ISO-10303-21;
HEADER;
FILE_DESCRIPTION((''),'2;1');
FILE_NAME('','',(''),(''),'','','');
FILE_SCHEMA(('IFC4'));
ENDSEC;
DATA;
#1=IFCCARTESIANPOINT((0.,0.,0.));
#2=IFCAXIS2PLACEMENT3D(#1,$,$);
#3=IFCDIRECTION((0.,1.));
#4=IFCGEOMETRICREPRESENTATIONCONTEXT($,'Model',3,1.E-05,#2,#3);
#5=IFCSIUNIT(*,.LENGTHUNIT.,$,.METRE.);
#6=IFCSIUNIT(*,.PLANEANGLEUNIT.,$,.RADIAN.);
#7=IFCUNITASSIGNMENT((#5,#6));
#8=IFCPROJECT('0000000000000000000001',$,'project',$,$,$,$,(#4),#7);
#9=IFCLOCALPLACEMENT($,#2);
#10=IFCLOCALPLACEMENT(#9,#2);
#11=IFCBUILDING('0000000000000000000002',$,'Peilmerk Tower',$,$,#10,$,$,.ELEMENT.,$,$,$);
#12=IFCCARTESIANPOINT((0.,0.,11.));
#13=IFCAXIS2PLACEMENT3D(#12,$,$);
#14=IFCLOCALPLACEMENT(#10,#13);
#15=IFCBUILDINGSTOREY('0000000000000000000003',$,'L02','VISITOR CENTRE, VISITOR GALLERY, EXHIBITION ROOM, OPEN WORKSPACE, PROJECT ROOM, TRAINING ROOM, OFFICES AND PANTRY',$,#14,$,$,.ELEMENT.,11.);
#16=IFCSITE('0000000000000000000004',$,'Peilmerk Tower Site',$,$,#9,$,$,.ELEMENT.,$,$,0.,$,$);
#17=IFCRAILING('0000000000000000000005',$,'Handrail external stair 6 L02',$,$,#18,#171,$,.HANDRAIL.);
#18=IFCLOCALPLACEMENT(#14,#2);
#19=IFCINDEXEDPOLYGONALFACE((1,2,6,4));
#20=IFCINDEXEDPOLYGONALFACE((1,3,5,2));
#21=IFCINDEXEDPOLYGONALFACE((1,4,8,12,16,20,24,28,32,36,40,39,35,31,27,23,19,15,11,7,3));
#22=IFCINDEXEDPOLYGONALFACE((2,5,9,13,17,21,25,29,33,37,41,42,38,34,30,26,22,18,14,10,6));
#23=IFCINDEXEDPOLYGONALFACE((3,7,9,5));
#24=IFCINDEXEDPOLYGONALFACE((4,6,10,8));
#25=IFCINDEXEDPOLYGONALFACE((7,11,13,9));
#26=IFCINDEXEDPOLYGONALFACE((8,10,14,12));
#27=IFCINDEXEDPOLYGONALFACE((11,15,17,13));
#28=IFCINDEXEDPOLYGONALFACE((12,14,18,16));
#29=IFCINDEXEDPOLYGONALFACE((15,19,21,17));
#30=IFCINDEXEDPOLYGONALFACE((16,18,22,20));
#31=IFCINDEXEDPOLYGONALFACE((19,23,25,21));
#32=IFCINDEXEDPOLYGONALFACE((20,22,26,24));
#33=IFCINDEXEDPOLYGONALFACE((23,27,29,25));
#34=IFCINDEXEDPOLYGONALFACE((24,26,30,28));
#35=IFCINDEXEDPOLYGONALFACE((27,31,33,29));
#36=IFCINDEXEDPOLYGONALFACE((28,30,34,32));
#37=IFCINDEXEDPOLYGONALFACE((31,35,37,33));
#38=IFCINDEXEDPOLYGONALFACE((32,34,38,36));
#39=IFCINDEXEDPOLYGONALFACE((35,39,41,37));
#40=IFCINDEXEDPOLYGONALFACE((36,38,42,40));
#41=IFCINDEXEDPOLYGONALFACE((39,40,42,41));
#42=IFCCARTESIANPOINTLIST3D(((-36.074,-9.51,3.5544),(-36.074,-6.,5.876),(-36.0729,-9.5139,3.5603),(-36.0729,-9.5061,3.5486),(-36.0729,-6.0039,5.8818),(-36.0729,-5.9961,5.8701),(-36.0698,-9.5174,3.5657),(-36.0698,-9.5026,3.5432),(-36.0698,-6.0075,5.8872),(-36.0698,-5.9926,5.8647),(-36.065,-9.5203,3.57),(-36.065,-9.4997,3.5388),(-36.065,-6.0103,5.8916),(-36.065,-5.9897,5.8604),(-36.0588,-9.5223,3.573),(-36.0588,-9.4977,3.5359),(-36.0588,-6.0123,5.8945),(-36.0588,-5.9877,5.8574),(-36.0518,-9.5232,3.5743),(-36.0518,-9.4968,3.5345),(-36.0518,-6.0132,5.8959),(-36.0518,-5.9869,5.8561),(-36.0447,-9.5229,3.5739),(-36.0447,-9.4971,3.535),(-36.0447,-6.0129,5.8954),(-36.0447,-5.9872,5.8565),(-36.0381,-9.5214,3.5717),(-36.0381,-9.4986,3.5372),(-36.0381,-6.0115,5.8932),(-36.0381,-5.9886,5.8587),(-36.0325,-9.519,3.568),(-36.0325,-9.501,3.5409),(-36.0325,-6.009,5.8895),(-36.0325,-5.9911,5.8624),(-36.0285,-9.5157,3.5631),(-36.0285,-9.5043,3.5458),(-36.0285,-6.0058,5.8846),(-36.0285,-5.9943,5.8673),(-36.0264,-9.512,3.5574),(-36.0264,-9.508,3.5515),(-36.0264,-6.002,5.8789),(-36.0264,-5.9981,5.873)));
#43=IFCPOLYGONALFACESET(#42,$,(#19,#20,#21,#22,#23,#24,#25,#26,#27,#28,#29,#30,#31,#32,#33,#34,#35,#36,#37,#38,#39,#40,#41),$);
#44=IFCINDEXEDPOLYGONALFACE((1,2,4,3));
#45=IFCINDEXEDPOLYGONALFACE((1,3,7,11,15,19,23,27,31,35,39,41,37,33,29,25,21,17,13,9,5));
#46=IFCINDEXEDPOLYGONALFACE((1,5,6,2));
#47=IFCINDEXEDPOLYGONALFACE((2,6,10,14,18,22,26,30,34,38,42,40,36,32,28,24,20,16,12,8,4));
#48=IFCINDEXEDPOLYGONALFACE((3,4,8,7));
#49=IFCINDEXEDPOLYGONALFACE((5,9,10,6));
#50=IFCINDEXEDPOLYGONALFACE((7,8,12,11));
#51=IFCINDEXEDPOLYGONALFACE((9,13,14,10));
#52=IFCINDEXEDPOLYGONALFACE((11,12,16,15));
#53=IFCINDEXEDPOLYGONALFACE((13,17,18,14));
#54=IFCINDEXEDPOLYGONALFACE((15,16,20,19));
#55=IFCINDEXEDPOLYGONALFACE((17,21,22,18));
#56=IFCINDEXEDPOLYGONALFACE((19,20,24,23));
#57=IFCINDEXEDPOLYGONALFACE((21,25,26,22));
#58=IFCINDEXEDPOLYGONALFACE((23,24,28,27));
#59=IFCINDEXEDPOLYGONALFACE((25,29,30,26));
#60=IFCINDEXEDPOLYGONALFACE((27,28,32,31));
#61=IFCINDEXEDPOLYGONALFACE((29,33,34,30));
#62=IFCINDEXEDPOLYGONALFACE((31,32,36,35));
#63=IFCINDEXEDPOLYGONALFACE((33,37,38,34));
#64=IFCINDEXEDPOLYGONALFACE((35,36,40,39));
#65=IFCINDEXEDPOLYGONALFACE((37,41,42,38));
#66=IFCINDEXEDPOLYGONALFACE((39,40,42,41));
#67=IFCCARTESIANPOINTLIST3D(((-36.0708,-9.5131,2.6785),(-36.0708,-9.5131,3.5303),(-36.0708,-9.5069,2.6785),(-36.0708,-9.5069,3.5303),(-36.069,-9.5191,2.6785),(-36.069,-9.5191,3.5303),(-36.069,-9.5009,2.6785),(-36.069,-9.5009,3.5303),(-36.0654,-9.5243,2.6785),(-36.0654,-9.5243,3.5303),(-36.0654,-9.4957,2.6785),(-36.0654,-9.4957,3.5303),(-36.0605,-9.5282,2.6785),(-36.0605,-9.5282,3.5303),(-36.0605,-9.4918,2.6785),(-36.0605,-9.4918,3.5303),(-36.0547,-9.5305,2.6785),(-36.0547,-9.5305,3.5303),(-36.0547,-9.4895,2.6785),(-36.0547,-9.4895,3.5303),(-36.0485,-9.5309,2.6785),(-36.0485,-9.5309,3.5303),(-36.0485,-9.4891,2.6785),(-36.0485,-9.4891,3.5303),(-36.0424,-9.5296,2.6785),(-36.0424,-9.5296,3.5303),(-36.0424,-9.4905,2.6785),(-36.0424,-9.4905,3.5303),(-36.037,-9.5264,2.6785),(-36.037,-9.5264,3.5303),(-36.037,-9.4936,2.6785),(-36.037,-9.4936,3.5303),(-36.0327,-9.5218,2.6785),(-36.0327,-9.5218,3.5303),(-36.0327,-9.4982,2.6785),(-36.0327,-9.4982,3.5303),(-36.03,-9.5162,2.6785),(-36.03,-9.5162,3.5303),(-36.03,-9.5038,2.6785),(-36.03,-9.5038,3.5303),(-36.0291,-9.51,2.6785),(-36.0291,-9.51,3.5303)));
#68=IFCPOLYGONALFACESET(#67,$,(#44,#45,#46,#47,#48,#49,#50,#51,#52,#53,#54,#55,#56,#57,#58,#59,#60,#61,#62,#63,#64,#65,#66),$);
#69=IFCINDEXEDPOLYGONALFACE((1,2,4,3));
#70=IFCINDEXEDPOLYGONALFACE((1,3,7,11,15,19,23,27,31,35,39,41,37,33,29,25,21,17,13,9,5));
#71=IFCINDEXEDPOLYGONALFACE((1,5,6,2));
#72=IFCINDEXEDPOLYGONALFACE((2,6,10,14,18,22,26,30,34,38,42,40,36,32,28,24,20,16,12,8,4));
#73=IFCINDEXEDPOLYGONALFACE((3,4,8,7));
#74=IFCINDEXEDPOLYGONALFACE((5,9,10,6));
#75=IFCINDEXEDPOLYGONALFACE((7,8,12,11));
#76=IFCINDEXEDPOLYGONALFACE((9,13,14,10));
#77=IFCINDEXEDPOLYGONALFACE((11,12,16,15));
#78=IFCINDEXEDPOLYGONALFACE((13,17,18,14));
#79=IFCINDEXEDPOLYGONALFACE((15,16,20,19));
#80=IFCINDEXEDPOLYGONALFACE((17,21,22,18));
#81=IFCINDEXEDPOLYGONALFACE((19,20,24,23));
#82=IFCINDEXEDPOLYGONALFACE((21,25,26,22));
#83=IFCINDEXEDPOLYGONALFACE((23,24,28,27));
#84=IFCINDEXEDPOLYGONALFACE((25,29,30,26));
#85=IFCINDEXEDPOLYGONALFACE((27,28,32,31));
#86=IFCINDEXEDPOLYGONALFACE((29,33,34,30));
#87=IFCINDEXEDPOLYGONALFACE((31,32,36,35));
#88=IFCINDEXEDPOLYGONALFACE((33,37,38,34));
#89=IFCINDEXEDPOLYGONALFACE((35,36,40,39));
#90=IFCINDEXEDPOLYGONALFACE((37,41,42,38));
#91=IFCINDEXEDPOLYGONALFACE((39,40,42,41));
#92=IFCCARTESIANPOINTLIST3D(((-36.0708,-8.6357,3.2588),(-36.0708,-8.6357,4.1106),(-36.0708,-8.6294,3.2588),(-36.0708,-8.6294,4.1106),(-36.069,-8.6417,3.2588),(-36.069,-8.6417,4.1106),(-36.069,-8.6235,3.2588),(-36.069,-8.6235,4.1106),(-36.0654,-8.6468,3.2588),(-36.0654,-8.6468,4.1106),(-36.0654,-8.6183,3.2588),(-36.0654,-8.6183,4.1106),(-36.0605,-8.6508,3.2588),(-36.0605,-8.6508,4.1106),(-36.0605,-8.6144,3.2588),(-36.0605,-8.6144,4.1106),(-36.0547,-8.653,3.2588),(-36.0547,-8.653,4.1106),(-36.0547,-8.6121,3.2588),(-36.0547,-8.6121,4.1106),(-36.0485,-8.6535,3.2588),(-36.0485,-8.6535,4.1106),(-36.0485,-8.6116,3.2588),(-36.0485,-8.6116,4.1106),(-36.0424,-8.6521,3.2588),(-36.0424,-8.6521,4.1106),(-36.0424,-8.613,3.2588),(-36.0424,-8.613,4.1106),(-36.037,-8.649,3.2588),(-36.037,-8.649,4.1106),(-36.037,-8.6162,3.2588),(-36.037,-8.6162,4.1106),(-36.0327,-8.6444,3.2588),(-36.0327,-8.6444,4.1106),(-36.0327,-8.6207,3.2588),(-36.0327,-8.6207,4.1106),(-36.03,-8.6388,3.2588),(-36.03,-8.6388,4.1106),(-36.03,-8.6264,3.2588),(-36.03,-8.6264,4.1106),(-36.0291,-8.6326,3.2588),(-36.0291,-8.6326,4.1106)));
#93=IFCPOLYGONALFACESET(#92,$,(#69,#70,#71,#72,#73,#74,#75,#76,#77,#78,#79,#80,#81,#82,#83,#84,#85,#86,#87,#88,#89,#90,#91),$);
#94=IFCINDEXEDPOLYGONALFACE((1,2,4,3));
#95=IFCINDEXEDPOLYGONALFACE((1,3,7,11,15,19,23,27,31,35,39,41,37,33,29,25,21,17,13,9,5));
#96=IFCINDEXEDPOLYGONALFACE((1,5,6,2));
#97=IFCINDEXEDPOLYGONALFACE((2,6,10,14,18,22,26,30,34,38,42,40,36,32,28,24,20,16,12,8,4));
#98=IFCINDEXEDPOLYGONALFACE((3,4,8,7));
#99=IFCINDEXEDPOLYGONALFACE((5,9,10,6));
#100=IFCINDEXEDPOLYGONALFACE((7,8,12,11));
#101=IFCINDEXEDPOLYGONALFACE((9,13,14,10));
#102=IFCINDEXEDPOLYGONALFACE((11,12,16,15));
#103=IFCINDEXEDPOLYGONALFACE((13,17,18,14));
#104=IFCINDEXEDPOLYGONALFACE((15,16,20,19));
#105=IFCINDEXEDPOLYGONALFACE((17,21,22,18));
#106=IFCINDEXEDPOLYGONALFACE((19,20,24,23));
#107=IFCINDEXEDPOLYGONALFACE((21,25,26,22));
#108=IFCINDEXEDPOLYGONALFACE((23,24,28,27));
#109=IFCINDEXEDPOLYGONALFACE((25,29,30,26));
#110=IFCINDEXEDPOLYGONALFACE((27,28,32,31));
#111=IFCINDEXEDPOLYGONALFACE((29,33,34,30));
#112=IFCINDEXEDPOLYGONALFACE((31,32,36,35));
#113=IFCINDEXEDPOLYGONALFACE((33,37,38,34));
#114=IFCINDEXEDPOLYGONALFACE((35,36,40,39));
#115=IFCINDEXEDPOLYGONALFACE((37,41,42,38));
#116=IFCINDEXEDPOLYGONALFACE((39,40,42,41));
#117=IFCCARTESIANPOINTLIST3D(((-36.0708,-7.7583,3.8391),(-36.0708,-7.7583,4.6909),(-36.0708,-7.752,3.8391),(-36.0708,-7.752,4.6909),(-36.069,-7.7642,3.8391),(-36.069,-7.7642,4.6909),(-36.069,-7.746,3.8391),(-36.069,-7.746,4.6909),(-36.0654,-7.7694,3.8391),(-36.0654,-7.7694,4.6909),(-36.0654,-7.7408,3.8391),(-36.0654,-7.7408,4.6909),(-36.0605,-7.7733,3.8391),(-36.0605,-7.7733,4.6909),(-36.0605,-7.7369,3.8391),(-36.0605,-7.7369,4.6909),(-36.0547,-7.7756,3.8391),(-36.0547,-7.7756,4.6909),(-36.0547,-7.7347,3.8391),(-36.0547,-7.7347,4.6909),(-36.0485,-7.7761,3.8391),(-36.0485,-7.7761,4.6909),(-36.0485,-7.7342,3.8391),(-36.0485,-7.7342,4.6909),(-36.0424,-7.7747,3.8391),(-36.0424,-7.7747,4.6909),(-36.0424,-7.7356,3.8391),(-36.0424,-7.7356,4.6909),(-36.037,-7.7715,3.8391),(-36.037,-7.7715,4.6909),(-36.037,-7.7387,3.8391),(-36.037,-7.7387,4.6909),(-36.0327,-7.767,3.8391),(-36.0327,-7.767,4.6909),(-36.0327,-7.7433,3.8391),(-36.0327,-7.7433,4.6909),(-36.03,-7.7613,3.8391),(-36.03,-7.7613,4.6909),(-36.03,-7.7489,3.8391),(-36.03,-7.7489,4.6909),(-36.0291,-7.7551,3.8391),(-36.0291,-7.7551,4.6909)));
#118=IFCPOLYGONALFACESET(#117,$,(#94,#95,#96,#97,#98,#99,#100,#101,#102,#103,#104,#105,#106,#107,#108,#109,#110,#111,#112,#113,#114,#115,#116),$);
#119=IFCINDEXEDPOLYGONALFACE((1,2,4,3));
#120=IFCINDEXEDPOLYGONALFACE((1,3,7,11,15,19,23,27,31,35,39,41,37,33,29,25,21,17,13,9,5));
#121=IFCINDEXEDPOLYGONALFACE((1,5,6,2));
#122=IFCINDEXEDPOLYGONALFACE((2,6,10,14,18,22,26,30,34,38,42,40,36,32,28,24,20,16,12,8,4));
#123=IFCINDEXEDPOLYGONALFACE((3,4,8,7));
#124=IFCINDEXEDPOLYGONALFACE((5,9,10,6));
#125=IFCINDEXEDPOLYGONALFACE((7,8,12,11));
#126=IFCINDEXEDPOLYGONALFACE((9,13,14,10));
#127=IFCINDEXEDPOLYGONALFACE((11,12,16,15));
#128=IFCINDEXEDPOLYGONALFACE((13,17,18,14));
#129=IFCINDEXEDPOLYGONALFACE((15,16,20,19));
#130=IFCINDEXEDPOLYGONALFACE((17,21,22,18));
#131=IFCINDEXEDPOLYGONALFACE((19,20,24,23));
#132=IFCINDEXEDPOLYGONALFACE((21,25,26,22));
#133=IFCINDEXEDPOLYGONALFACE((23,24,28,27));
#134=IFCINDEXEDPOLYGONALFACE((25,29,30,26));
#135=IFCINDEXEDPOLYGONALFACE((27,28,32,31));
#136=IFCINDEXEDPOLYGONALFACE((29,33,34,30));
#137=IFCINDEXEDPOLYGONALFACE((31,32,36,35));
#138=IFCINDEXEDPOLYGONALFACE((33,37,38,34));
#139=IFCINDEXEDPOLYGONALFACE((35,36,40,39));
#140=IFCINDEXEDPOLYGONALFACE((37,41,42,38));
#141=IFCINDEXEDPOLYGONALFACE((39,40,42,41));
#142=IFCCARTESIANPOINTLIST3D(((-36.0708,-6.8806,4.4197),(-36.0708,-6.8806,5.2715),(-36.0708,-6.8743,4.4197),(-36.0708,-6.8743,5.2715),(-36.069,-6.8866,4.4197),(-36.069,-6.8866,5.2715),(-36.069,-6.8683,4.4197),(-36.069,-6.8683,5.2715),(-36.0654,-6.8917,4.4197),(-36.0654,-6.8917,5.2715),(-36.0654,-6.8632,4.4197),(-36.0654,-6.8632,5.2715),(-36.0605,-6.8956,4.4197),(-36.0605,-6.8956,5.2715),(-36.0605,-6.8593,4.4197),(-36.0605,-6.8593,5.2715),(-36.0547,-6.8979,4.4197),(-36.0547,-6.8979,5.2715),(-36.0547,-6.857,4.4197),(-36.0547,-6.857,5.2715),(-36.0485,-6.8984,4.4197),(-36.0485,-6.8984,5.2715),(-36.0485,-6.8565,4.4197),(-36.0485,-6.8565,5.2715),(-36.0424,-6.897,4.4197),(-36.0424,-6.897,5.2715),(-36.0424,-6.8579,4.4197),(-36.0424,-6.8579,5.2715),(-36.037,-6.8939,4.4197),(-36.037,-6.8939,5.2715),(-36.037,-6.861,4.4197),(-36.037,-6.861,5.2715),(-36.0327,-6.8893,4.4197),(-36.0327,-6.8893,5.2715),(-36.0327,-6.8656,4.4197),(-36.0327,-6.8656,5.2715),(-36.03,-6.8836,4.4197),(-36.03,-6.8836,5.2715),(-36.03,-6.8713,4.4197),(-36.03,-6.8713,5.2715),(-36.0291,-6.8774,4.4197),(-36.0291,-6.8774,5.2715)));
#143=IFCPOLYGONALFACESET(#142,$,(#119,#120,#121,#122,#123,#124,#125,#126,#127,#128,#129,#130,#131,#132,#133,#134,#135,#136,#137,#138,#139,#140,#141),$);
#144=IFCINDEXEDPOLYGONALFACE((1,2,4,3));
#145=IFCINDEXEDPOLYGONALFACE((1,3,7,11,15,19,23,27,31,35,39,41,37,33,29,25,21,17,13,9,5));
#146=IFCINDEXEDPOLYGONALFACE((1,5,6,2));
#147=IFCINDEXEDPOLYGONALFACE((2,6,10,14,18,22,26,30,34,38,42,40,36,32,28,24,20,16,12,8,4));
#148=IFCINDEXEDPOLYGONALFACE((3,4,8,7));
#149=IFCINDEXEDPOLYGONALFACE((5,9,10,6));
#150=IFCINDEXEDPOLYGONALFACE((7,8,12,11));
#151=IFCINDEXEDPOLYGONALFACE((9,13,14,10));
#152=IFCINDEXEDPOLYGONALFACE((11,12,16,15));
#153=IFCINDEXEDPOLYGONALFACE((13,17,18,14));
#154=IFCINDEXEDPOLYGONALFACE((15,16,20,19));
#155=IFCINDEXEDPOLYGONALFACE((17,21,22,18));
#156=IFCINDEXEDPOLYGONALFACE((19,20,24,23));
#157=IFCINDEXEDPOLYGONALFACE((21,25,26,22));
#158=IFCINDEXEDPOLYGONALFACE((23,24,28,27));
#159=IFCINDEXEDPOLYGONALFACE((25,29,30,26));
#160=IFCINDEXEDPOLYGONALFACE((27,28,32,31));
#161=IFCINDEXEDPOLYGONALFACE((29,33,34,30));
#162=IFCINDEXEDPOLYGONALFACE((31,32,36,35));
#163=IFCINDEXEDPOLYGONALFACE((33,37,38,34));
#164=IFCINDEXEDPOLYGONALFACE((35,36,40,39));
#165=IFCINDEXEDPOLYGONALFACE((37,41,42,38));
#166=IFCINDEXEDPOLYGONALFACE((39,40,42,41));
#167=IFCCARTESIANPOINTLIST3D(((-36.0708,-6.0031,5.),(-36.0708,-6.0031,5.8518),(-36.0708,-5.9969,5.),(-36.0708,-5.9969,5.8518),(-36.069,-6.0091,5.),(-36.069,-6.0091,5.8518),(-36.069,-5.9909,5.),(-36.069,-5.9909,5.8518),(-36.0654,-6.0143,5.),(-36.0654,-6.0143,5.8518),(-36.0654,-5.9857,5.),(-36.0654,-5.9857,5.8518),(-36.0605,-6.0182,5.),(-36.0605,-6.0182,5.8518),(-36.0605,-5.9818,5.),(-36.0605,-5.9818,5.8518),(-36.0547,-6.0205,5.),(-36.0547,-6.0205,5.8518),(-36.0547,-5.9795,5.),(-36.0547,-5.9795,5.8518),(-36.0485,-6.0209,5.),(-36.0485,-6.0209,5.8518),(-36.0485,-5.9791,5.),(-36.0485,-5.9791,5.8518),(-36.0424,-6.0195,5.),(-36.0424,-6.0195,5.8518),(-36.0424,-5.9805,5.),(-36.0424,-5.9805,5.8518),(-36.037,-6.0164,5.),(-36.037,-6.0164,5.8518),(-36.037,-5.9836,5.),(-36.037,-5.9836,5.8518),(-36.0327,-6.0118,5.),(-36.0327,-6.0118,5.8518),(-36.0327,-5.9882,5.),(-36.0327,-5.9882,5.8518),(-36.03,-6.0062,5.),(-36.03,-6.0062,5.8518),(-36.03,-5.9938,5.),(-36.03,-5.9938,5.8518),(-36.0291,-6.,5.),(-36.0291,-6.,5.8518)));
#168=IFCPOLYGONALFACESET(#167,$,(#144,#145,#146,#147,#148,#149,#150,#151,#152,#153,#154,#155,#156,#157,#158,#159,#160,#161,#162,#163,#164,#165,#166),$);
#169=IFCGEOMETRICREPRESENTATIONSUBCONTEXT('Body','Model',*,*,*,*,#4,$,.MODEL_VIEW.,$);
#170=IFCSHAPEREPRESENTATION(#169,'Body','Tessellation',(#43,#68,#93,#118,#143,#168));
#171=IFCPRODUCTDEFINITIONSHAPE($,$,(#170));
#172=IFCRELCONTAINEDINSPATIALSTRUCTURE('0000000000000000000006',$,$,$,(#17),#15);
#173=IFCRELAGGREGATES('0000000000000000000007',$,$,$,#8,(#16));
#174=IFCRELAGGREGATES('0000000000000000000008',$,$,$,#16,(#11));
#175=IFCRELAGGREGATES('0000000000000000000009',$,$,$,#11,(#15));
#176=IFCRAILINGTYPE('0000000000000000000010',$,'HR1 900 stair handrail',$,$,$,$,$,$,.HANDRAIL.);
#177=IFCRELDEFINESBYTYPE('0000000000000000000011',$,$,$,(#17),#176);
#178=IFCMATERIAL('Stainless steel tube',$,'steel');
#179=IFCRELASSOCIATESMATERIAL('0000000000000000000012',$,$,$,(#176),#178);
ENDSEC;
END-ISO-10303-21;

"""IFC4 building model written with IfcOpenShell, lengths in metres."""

from ifc_helpers import new_model, si_unit, direction, frame, origin, origin_2d, place, context, subcontext, project, spatial, circle, extrude, material, type_object, element, save


model = new_model("IFC4")

# Units and contexts
model_context = context("Model", 3, precision=1e-05, world=origin(), true_north=direction((0.0, 1.0)))
body_context = subcontext(model_context, "Body", "Model", "MODEL_VIEW")
ifc_project = project(units=[si_unit("LENGTHUNIT", "METRE"), si_unit("PLANEANGLEUNIT", "RADIAN")], contexts=[model_context])

# Site, building, storey
site_placement = place(None, origin())
site = spatial("IfcSite", under=ifc_project, at=site_placement, Name="Peilmerk Tower Site", CompositionType="ELEMENT", RefElevation=0.0)
building_placement = place(site_placement, origin())
building = spatial("IfcBuilding", under=site, at=building_placement, Name="Peilmerk Tower", CompositionType="ELEMENT")
storey_placement = place(building_placement, frame((0.0, 0.0, 11.0)))
storey = spatial("IfcBuildingStorey", under=building, at=storey_placement, Name="L02", Description="VISITOR CENTRE, VISITOR GALLERY, EXHIBITION ROOM, OPEN WORKSPACE, PROJECT ROOM, TRAINING ROOM, OFFICES AND PANTRY", CompositionType="ELEMENT", Elevation=11.0)

# Railing
ifc_material_1 = material(Name="Stainless steel tube", Category="steel")
railing_type_1 = type_object("IfcRailingType", Name="HR1 900 stair handrail", PredefinedType="HANDRAIL", material=ifc_material_1)
railing_1_placement = place(storey_placement, frame((-36.05, -9.51, 2.6785)))
element("IfcRailing", 1, at=railing_1_placement, inside=storey, type_object=railing_type_1, Name="Handrail external stair 6 L02", PredefinedType="HANDRAIL", context=body_context, shape_type="SweptSolid", body=[
    extrude(circle(Radius=0.0239, at=origin_2d()), frame((0.0, 0.0, 0.876), z_axis=(0.0, 0.834071, 0.551657), x_axis=(-1.0, 0.0, 0.0)), (0.0, 0.0, 1.0), 4.2083),
    extrude(circle(Radius=0.021, at=origin_2d()), origin(), (0.0, 0.0, 1.0), 0.8518),
    extrude(circle(Radius=0.021, at=origin_2d()), frame((0.0, 0.8774, 0.5803)), (0.0, 0.0, 1.0), 0.8518),
    extrude(circle(Radius=0.021, at=origin_2d()), frame((0.0, 1.7549, 1.1606)), (0.0, 0.0, 1.0), 0.8518),
    extrude(circle(Radius=0.021, at=origin_2d()), frame((0.0, 2.6326, 1.7412)), (0.0, 0.0, 1.0), 0.8518),
    extrude(circle(Radius=0.021, at=origin_2d()), frame((0.0, 3.51, 2.3215)), (0.0, 0.0, 1.0), 0.8518),
])

save(model, "model.ifc")
